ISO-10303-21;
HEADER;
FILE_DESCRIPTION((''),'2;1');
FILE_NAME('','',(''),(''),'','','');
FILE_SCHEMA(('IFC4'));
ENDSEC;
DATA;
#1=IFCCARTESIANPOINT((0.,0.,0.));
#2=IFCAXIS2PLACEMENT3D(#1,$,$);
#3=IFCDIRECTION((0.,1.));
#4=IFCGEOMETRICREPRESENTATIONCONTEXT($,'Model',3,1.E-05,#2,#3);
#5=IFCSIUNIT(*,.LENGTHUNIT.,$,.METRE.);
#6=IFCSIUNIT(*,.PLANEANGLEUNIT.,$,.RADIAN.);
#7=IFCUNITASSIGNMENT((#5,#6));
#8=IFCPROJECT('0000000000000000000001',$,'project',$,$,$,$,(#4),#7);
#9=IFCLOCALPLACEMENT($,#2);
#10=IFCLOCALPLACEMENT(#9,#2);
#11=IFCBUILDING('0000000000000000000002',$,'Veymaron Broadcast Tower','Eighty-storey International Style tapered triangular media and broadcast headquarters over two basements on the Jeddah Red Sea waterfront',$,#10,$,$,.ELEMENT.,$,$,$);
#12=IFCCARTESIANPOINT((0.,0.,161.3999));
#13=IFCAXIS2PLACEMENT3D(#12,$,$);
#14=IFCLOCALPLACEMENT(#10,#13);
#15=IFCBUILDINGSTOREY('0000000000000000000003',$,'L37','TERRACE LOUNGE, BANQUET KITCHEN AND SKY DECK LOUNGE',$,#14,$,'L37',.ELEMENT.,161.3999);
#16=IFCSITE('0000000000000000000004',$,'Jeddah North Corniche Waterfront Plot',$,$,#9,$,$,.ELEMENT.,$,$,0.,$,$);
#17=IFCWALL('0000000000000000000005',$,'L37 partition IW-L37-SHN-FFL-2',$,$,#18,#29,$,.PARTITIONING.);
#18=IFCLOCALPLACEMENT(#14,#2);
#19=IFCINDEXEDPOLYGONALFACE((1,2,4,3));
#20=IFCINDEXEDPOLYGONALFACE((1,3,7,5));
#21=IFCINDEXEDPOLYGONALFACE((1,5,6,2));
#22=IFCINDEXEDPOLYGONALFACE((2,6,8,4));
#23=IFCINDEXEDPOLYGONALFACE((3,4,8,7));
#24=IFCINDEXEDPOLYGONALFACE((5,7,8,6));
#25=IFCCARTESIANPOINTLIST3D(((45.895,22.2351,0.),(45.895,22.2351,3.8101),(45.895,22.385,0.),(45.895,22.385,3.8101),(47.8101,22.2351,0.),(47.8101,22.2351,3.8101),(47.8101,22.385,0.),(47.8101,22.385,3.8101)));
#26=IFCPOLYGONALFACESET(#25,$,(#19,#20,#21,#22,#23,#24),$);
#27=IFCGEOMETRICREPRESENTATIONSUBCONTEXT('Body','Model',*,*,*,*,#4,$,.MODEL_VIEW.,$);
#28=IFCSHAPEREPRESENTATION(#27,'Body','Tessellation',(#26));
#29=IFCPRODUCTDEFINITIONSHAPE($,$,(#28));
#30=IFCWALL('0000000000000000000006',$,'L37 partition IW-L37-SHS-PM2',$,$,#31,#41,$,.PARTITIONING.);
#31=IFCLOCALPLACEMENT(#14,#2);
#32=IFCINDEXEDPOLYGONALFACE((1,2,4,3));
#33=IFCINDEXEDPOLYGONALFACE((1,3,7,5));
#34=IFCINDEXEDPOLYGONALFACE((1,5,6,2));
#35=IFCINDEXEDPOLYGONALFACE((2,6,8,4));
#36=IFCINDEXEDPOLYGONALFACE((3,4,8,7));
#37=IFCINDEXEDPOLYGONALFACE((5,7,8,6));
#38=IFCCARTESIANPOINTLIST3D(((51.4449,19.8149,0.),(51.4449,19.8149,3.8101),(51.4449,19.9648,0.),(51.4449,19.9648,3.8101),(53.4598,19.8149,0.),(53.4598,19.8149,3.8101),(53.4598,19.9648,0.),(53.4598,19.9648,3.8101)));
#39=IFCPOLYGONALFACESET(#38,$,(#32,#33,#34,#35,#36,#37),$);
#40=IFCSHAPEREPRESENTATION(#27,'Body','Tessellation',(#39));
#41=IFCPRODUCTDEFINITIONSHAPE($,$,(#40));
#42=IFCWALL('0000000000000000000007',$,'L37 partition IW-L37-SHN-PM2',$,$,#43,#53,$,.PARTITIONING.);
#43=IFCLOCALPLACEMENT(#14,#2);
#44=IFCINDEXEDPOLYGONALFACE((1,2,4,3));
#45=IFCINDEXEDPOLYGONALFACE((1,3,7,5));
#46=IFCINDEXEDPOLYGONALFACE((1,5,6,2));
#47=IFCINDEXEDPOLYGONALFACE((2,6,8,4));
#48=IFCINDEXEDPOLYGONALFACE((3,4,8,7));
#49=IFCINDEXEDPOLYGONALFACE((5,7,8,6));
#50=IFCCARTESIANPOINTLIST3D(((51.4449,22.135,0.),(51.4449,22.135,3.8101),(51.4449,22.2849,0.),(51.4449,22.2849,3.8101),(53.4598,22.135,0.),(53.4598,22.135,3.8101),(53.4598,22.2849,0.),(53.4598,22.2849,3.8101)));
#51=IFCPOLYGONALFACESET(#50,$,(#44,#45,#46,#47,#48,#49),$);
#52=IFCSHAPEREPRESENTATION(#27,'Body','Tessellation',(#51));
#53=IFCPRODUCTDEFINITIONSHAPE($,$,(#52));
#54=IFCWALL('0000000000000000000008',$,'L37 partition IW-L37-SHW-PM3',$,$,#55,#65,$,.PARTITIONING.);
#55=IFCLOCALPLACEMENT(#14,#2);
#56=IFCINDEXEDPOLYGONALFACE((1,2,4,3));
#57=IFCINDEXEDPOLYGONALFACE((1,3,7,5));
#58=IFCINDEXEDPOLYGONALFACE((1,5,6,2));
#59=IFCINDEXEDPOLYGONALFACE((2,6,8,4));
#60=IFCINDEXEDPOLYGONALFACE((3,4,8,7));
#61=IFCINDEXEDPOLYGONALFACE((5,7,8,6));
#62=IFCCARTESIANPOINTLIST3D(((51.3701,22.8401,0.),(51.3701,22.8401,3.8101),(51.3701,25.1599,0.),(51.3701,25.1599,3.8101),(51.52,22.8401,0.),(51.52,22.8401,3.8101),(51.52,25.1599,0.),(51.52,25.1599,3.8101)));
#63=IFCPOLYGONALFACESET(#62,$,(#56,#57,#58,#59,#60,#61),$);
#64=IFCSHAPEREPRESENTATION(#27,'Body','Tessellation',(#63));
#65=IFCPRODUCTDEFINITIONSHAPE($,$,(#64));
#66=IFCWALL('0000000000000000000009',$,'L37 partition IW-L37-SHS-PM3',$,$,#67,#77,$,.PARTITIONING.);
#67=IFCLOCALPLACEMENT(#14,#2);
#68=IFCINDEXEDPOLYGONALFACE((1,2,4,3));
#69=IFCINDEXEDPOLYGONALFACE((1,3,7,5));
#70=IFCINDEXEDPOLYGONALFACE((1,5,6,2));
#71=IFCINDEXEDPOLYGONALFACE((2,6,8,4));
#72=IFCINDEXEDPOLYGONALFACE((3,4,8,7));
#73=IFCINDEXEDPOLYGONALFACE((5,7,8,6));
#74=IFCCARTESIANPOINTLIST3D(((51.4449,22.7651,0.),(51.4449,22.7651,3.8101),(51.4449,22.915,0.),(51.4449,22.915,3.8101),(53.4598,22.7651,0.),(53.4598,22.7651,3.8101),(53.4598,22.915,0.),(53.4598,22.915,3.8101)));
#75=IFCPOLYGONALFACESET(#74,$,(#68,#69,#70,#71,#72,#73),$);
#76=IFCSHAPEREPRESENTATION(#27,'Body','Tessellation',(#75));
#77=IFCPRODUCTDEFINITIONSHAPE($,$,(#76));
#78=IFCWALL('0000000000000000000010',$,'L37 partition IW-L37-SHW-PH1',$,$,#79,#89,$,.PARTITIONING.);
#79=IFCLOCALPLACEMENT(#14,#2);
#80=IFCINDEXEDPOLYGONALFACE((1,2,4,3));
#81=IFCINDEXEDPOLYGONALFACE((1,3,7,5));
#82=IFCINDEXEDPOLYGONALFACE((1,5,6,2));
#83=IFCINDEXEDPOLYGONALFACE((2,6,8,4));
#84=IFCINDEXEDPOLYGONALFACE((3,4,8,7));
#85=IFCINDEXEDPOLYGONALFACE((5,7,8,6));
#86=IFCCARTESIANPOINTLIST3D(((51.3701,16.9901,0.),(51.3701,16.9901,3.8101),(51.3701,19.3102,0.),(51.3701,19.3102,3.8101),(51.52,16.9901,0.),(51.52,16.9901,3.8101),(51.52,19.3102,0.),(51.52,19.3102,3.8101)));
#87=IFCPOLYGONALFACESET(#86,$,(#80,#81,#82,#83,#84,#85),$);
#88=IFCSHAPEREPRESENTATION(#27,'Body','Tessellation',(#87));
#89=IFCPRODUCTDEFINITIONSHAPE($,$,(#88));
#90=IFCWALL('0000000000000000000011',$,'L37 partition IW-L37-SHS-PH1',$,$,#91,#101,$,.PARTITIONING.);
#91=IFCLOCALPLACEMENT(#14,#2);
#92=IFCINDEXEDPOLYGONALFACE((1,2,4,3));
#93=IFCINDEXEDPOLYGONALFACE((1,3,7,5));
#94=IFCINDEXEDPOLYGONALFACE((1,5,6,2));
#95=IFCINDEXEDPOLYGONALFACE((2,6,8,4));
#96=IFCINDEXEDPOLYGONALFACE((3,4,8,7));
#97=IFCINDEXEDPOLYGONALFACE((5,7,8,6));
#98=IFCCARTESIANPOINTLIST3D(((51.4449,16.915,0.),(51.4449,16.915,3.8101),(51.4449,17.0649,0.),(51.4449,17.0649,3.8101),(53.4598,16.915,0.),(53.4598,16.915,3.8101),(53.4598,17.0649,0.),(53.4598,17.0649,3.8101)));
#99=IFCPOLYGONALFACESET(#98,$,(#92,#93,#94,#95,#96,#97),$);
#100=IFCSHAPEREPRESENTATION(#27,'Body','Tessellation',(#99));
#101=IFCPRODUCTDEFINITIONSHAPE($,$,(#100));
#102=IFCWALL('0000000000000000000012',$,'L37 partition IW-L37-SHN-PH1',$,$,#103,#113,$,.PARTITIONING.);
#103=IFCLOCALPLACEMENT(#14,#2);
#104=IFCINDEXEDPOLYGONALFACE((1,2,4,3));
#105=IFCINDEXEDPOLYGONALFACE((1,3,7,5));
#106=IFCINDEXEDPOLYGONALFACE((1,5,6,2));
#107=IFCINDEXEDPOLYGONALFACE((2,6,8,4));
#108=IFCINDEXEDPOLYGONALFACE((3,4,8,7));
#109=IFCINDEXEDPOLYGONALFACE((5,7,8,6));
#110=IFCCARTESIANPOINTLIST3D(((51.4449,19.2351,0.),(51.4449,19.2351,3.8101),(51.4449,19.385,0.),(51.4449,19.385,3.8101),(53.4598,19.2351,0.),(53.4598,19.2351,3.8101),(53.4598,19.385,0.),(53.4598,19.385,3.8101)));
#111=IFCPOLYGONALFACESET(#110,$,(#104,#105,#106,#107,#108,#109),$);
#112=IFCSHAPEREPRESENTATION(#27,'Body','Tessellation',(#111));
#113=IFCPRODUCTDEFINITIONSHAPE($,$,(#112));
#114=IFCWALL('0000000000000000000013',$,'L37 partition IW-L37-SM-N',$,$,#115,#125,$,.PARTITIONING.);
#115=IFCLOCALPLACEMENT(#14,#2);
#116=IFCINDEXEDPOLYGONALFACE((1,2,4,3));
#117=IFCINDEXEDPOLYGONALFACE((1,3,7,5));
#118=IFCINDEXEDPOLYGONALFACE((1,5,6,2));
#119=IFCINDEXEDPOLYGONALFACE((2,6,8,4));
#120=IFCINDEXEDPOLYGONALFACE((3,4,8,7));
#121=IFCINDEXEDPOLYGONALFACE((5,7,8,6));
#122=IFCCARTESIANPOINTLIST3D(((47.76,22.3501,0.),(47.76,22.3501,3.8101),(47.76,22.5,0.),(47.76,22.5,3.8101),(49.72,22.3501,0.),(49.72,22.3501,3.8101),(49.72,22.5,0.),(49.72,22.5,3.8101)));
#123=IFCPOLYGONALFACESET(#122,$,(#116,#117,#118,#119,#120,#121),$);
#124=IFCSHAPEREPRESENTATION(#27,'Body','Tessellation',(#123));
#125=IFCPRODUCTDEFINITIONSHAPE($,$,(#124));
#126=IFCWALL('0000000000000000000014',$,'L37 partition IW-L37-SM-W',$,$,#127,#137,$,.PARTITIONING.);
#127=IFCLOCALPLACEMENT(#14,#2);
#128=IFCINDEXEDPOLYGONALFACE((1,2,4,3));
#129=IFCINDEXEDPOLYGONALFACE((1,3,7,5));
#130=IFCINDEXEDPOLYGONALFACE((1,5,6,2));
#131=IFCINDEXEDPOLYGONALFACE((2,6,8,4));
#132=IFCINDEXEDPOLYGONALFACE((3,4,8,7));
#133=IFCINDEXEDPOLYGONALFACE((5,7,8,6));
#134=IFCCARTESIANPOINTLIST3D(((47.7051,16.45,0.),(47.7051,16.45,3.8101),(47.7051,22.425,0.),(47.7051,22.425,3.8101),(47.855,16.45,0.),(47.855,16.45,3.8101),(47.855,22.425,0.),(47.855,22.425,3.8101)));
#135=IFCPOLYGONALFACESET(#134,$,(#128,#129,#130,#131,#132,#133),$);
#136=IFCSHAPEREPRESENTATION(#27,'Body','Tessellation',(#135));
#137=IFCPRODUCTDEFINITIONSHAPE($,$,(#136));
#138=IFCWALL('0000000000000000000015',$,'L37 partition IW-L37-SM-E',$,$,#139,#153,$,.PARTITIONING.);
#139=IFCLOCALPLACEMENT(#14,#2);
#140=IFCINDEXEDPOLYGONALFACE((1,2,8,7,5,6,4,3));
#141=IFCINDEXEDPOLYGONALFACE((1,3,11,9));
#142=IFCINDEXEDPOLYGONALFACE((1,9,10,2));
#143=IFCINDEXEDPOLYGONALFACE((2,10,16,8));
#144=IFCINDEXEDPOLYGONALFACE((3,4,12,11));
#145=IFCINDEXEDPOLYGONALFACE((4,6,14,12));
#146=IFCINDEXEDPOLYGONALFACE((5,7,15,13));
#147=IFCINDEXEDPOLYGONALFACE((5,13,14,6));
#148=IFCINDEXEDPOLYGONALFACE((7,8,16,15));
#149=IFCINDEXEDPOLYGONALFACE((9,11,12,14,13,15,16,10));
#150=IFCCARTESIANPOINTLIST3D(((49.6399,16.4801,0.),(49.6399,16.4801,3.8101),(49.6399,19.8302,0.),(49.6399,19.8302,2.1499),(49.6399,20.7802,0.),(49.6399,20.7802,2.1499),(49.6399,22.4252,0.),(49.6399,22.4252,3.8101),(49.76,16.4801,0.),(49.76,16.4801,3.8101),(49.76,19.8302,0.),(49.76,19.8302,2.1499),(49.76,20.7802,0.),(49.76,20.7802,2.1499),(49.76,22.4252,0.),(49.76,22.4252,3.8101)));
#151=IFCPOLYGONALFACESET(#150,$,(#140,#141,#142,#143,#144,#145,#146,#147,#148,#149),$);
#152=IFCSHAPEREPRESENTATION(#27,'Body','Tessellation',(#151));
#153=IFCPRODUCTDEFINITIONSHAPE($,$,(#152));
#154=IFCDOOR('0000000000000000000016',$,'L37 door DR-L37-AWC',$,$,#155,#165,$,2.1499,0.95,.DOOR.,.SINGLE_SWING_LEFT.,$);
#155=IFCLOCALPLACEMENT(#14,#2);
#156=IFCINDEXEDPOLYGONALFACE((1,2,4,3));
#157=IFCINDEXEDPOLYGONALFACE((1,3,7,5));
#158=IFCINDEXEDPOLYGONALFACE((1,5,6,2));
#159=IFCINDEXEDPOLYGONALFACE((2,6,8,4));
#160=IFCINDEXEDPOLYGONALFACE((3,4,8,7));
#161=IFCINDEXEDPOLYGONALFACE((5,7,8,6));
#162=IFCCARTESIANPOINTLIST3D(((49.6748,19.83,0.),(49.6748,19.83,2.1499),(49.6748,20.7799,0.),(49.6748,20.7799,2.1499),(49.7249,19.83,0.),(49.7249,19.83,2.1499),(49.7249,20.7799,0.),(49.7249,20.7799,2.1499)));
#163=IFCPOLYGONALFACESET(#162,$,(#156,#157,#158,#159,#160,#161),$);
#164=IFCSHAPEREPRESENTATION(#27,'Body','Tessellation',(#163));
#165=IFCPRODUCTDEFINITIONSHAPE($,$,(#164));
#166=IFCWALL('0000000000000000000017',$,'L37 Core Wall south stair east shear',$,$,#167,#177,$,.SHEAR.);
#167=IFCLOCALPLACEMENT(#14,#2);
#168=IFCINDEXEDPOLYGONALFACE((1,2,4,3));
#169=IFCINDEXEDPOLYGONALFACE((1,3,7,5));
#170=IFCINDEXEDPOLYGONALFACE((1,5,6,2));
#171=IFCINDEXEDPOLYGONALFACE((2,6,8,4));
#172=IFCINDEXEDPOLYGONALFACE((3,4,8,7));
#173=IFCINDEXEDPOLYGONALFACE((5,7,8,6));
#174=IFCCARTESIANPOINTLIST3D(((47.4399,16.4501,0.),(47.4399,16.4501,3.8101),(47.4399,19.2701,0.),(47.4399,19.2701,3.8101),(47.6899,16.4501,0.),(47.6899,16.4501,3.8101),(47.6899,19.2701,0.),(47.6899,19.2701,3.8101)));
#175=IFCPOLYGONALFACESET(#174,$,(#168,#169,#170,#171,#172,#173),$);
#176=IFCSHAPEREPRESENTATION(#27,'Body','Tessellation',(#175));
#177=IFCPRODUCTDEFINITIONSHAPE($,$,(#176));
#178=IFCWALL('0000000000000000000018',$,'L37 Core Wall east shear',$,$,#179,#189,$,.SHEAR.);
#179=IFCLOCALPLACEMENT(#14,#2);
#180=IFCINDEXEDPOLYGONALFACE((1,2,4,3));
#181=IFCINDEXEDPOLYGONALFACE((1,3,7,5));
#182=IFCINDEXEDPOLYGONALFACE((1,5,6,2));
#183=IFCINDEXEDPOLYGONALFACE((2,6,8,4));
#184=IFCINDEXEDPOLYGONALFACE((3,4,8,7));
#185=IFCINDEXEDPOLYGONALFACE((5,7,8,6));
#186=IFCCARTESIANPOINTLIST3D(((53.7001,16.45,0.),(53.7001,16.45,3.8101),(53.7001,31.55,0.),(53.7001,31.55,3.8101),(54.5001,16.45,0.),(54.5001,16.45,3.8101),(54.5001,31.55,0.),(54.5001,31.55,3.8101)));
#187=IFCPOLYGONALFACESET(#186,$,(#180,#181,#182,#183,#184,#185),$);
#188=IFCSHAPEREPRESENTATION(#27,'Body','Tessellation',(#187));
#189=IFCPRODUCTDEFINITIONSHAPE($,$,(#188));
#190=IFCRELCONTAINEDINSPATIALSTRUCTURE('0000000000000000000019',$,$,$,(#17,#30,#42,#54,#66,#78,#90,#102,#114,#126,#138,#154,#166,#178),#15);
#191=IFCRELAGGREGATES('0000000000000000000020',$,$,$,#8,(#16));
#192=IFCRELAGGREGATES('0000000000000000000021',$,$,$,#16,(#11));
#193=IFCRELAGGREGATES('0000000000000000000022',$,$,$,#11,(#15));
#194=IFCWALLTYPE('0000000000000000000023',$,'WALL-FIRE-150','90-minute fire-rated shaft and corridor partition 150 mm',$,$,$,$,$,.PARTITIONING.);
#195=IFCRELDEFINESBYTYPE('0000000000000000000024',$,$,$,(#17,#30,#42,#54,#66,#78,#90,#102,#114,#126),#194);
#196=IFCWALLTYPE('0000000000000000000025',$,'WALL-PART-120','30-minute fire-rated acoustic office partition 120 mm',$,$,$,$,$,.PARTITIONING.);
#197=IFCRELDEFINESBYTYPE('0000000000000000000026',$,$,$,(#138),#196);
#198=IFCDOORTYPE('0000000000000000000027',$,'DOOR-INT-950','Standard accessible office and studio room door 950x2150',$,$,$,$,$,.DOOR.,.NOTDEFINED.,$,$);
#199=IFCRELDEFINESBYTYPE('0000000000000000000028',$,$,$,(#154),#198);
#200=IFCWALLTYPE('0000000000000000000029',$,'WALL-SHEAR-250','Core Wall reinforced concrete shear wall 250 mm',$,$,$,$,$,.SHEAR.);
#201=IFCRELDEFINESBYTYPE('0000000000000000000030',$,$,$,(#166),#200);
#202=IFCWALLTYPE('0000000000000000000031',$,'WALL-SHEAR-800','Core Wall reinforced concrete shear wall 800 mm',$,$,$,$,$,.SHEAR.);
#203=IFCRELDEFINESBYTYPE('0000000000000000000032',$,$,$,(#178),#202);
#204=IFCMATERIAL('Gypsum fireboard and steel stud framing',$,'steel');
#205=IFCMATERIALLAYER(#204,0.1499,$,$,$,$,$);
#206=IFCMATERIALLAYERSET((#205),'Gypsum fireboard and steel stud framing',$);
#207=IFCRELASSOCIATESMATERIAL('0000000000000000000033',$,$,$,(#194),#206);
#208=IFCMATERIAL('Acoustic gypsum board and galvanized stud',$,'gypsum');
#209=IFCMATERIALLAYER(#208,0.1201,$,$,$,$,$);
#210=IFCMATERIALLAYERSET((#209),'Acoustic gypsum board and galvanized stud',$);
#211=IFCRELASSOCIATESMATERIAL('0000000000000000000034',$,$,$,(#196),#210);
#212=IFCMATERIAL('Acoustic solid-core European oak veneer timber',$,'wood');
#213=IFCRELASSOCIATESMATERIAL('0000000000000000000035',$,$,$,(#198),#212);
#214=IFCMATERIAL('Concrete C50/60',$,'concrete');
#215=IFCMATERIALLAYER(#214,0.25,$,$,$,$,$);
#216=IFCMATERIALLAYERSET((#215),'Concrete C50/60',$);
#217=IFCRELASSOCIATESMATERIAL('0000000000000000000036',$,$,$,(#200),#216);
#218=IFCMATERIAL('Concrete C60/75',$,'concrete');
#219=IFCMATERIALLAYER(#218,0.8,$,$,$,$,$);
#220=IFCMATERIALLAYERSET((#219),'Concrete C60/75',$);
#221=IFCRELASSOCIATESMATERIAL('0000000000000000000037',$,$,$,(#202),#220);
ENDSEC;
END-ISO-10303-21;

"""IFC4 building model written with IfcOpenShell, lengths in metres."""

from ifc_helpers import new_model, si_unit, direction, frame, frame_2d, origin, place, context, subcontext, project, spatial, rectangle, extrude, material, layer, layer_set, type_object, element, fill, save


model = new_model("IFC4")

# Units and contexts
model_context = context("Model", 3, precision=1e-05, world=origin(), true_north=direction((0.0, 1.0)))
body_context = subcontext(model_context, "Body", "Model", "MODEL_VIEW")
ifc_project = project(units=[si_unit("LENGTHUNIT", "METRE"), si_unit("PLANEANGLEUNIT", "RADIAN")], contexts=[model_context])

# Site, building, storey
site_placement = place(None, origin())
site = spatial("IfcSite", under=ifc_project, at=site_placement, Name="Jeddah North Corniche Waterfront Plot", CompositionType="ELEMENT", RefElevation=0.0)
building_placement = place(site_placement, origin())
building = spatial("IfcBuilding", under=site, at=building_placement, Name="Veymaron Broadcast Tower", Description="Eighty-storey International Style tapered triangular media and broadcast headquarters over two basements on the Jeddah Red Sea waterfront", CompositionType="ELEMENT")
storey_placement = place(building_placement, frame((0.0, 0.0, 161.3999)))
storey = spatial("IfcBuildingStorey", under=building, at=storey_placement, Name="L37", Description="TERRACE LOUNGE, BANQUET KITCHEN AND SKY DECK LOUNGE", LongName="L37", CompositionType="ELEMENT", Elevation=161.3999)

# Wall
ifc_material_1 = material(Name="Gypsum fireboard and steel stud framing", Category="steel")
ifc_layer_1 = layer(ifc_material_1, 0.1499)
ifc_layer_set_1 = layer_set([ifc_layer_1], Name="Gypsum fireboard and steel stud framing")
wall_type_1 = type_object("IfcWallType", Name="WALL-FIRE-150", Description="90-minute fire-rated shaft and corridor partition 150 mm", PredefinedType="PARTITIONING", material=ifc_layer_set_1)
wall_1_placement = place(storey_placement, frame((45.895, 22.3101, 0.0), z_axis=(0.0, 0.0, 1.0), x_axis=(1.0, 0.0, 0.0)))
element("IfcWall", 1, at=wall_1_placement, inside=storey, type_object=wall_type_1, Name="L37 partition IW-L37-SHN-FFL-2", PredefinedType="PARTITIONING", context=body_context, shape_type="SweptSolid", body=[
    extrude(rectangle(XDim=1.915, YDim=0.1499, at=frame_2d((0.9575, 0.0))), origin(), (0.0, 0.0, 1.0), 3.8101),
])

# Walls
for number, where, z_axis, x_axis, name in (
    (2, (51.4451, 19.8899, 0.0), (0.0, 0.0, 1.0), (1.0, 0.0, 0.0), "L37 partition IW-L37-SHS-PM2"),
    (3, (51.4451, 22.21, 0.0), (0.0, 0.0, 1.0), (1.0, 0.0, 0.0), "L37 partition IW-L37-SHN-PM2"),
):
    element("IfcWall", number, at=place(storey_placement, frame(where, z_axis=z_axis, x_axis=x_axis)), inside=storey, type_object=wall_type_1, Name=name, PredefinedType="PARTITIONING", context=body_context, shape_type="SweptSolid", body=[
        extrude(rectangle(XDim=2.0149, YDim=0.1499, at=frame_2d((1.0073, 0.0))), origin(), (0.0, 0.0, 1.0), 3.8101),
    ])
wall_2_placement = place(storey_placement, frame((51.4451, 22.8401, 0.0), z_axis=(0.0, 0.0, 1.0), x_axis=(0.0, 1.0, 0.0)))
element("IfcWall", 4, at=wall_2_placement, inside=storey, type_object=wall_type_1, Name="L37 partition IW-L37-SHW-PM3", PredefinedType="PARTITIONING", context=body_context, shape_type="SweptSolid", body=[
    extrude(rectangle(XDim=2.3198, YDim=0.1499, at=frame_2d((1.1599, 0.0))), origin(), (0.0, 0.0, 1.0), 3.8101),
])
wall_3_placement = place(storey_placement, frame((51.4451, 22.8401, 0.0), z_axis=(0.0, 0.0, 1.0), x_axis=(1.0, 0.0, 0.0)))
element("IfcWall", 5, at=wall_3_placement, inside=storey, type_object=wall_type_1, Name="L37 partition IW-L37-SHS-PM3", PredefinedType="PARTITIONING", context=body_context, shape_type="SweptSolid", body=[
    extrude(rectangle(XDim=2.0149, YDim=0.1499, at=frame_2d((1.0073, 0.0))), origin(), (0.0, 0.0, 1.0), 3.8101),
])
wall_4_placement = place(storey_placement, frame((51.4451, 16.99, 0.0), z_axis=(0.0, 0.0, 1.0), x_axis=(0.0, 1.0, 0.0)))
element("IfcWall", 6, at=wall_4_placement, inside=storey, type_object=wall_type_1, Name="L37 partition IW-L37-SHW-PH1", PredefinedType="PARTITIONING", context=body_context, shape_type="SweptSolid", body=[
    extrude(rectangle(XDim=2.3201, YDim=0.1499, at=frame_2d((1.1602, 0.0))), origin(), (0.0, 0.0, 1.0), 3.8101),
])
for number, where, z_axis, x_axis, name in (
    (7, (51.4451, 16.99, 0.0), (0.0, 0.0, 1.0), (1.0, 0.0, 0.0), "L37 partition IW-L37-SHS-PH1"),
    (8, (51.4451, 19.3101, 0.0), (0.0, 0.0, 1.0), (1.0, 0.0, 0.0), "L37 partition IW-L37-SHN-PH1"),
):
    element("IfcWall", number, at=place(storey_placement, frame(where, z_axis=z_axis, x_axis=x_axis)), inside=storey, type_object=wall_type_1, Name=name, PredefinedType="PARTITIONING", context=body_context, shape_type="SweptSolid", body=[
        extrude(rectangle(XDim=2.0149, YDim=0.1499, at=frame_2d((1.0073, 0.0))), origin(), (0.0, 0.0, 1.0), 3.8101),
    ])

# Walls
wall_5_placement = place(storey_placement, frame((47.76, 22.425, 0.0), z_axis=(0.0, 0.0, 1.0), x_axis=(1.0, 0.0, 0.0)))
element("IfcWall", 9, at=wall_5_placement, inside=storey, type_object=wall_type_1, Name="L37 partition IW-L37-SM-N", PredefinedType="PARTITIONING", context=body_context, shape_type="SweptSolid", body=[
    extrude(rectangle(XDim=1.96, YDim=0.1499, at=frame_2d((0.98, 0.0))), origin(), (0.0, 0.0, 1.0), 3.8101),
])
wall_6_placement = place(storey_placement, frame((47.78, 16.45, 0.0), z_axis=(0.0, 0.0, 1.0), x_axis=(0.0, 1.0, 0.0)))
element("IfcWall", 10, at=wall_6_placement, inside=storey, type_object=wall_type_1, Name="L37 partition IW-L37-SM-W", PredefinedType="PARTITIONING", context=body_context, shape_type="SweptSolid", body=[
    extrude(rectangle(XDim=5.9751, YDim=0.1499, at=frame_2d((2.9875, 0.0))), origin(), (0.0, 0.0, 1.0), 3.8101),
])

# Wall, opening, door
ifc_material_2 = material(Name="Acoustic gypsum board and galvanized stud", Category="gypsum")
ifc_layer_2 = layer(ifc_material_2, 0.1201)
ifc_layer_set_2 = layer_set([ifc_layer_2], Name="Acoustic gypsum board and galvanized stud")
wall_type_2 = type_object("IfcWallType", Name="WALL-PART-120", Description="30-minute fire-rated acoustic office partition 120 mm", PredefinedType="PARTITIONING", material=ifc_layer_set_2)
wall_7_placement = place(storey_placement, frame((49.7, 16.48, 0.0), z_axis=(0.0, 0.0, 1.0), x_axis=(0.0, 1.0, 0.0)))
wall_7 = element("IfcWall", 11, at=wall_7_placement, inside=storey, type_object=wall_type_2, Name="L37 partition IW-L37-SM-E", PredefinedType="PARTITIONING", context=body_context, shape_type="SweptSolid", body=[
    extrude(rectangle(XDim=5.9451, YDim=0.1201, at=frame_2d((2.9727, 0.0))), origin(), (0.0, 0.0, 1.0), 3.8101),
])
opening_1_placement = place(wall_7_placement, frame((3.3501, 0.0, 0.0)))
opening_1 = element("IfcOpeningElement", 12, at=opening_1_placement, cuts=wall_7, PredefinedType="OPENING", context=body_context, shape_type="SweptSolid", body=[
    extrude(rectangle(XDim=0.95, YDim=2.1499, at=frame_2d((0.4751, 1.075))), frame((0.0, 0.0701, 0.0), z_axis=(0.0, -1.0, 0.0), x_axis=(1.0, 0.0, 0.0)), (0.0, 0.0, 1.0), 0.1401),
])
ifc_material_3 = material(Name="Acoustic solid-core European oak veneer timber", Category="wood")
door_type_1 = type_object("IfcDoorType", Name="DOOR-INT-950", Description="Standard accessible office and studio room door 950x2150", OperationType="NOTDEFINED", PredefinedType="DOOR", material=ifc_material_3)
door_1_placement = place(opening_1_placement, frame((0.95, 0.0, 0.0), z_axis=(0.0, 0.0, 1.0), x_axis=(-1.0, 0.0, 0.0)))
door_1 = element("IfcDoor", 13, at=door_1_placement, inside=storey, type_object=door_type_1, Name="L37 door DR-L37-AWC", OperationType="SINGLE_SWING_LEFT", OverallHeight=2.1499, OverallWidth=0.95, PredefinedType="DOOR", context=body_context, shape_type="SweptSolid", body=[
    extrude(rectangle(XDim=0.95, YDim=2.1499, at=frame_2d((0.4751, 1.075))), frame((0.0, 0.0249, 0.0), z_axis=(0.0, -1.0, 0.0), x_axis=(1.0, 0.0, 0.0)), (0.0, 0.0, 1.0), 0.05),
])
fill(opening_1, door_1)

# Walls
ifc_material_4 = material(Name="Concrete C50/60", Category="concrete")
ifc_layer_3 = layer(ifc_material_4, 0.25)
ifc_layer_set_3 = layer_set([ifc_layer_3], Name="Concrete C50/60")
wall_type_3 = type_object("IfcWallType", Name="WALL-SHEAR-250", Description="Core Wall reinforced concrete shear wall 250 mm", PredefinedType="SHEAR", material=ifc_layer_set_3)
wall_8_placement = place(storey_placement, frame((47.5649, 16.45, 0.0), z_axis=(0.0, 0.0, 1.0), x_axis=(0.0, 1.0, 0.0)))
element("IfcWall", 14, at=wall_8_placement, inside=storey, type_object=wall_type_3, Name="L37 Core Wall south stair east shear", PredefinedType="SHEAR", context=body_context, shape_type="SweptSolid", body=[
    extrude(rectangle(XDim=2.8201, YDim=0.25, at=frame_2d((1.4102, 0.0))), origin(), (0.0, 0.0, 1.0), 3.8101),
])
ifc_material_5 = material(Name="Concrete C60/75", Category="concrete")
ifc_layer_4 = layer(ifc_material_5, 0.8)
ifc_layer_set_4 = layer_set([ifc_layer_4], Name="Concrete C60/75")
wall_type_4 = type_object("IfcWallType", Name="WALL-SHEAR-800", Description="Core Wall reinforced concrete shear wall 800 mm", PredefinedType="SHEAR", material=ifc_layer_set_4)
wall_9_placement = place(storey_placement, frame((54.1001, 16.45, 0.0), z_axis=(0.0, 0.0, 1.0), x_axis=(0.0, 1.0, 0.0)))
element("IfcWall", 15, at=wall_9_placement, inside=storey, type_object=wall_type_4, Name="L37 Core Wall east shear", PredefinedType="SHEAR", context=body_context, shape_type="SweptSolid", body=[
    extrude(rectangle(XDim=15.1001, YDim=0.8, at=frame_2d((7.55, 0.0))), origin(), (0.0, 0.0, 1.0), 3.8101),
])

save(model, "model.ifc")
